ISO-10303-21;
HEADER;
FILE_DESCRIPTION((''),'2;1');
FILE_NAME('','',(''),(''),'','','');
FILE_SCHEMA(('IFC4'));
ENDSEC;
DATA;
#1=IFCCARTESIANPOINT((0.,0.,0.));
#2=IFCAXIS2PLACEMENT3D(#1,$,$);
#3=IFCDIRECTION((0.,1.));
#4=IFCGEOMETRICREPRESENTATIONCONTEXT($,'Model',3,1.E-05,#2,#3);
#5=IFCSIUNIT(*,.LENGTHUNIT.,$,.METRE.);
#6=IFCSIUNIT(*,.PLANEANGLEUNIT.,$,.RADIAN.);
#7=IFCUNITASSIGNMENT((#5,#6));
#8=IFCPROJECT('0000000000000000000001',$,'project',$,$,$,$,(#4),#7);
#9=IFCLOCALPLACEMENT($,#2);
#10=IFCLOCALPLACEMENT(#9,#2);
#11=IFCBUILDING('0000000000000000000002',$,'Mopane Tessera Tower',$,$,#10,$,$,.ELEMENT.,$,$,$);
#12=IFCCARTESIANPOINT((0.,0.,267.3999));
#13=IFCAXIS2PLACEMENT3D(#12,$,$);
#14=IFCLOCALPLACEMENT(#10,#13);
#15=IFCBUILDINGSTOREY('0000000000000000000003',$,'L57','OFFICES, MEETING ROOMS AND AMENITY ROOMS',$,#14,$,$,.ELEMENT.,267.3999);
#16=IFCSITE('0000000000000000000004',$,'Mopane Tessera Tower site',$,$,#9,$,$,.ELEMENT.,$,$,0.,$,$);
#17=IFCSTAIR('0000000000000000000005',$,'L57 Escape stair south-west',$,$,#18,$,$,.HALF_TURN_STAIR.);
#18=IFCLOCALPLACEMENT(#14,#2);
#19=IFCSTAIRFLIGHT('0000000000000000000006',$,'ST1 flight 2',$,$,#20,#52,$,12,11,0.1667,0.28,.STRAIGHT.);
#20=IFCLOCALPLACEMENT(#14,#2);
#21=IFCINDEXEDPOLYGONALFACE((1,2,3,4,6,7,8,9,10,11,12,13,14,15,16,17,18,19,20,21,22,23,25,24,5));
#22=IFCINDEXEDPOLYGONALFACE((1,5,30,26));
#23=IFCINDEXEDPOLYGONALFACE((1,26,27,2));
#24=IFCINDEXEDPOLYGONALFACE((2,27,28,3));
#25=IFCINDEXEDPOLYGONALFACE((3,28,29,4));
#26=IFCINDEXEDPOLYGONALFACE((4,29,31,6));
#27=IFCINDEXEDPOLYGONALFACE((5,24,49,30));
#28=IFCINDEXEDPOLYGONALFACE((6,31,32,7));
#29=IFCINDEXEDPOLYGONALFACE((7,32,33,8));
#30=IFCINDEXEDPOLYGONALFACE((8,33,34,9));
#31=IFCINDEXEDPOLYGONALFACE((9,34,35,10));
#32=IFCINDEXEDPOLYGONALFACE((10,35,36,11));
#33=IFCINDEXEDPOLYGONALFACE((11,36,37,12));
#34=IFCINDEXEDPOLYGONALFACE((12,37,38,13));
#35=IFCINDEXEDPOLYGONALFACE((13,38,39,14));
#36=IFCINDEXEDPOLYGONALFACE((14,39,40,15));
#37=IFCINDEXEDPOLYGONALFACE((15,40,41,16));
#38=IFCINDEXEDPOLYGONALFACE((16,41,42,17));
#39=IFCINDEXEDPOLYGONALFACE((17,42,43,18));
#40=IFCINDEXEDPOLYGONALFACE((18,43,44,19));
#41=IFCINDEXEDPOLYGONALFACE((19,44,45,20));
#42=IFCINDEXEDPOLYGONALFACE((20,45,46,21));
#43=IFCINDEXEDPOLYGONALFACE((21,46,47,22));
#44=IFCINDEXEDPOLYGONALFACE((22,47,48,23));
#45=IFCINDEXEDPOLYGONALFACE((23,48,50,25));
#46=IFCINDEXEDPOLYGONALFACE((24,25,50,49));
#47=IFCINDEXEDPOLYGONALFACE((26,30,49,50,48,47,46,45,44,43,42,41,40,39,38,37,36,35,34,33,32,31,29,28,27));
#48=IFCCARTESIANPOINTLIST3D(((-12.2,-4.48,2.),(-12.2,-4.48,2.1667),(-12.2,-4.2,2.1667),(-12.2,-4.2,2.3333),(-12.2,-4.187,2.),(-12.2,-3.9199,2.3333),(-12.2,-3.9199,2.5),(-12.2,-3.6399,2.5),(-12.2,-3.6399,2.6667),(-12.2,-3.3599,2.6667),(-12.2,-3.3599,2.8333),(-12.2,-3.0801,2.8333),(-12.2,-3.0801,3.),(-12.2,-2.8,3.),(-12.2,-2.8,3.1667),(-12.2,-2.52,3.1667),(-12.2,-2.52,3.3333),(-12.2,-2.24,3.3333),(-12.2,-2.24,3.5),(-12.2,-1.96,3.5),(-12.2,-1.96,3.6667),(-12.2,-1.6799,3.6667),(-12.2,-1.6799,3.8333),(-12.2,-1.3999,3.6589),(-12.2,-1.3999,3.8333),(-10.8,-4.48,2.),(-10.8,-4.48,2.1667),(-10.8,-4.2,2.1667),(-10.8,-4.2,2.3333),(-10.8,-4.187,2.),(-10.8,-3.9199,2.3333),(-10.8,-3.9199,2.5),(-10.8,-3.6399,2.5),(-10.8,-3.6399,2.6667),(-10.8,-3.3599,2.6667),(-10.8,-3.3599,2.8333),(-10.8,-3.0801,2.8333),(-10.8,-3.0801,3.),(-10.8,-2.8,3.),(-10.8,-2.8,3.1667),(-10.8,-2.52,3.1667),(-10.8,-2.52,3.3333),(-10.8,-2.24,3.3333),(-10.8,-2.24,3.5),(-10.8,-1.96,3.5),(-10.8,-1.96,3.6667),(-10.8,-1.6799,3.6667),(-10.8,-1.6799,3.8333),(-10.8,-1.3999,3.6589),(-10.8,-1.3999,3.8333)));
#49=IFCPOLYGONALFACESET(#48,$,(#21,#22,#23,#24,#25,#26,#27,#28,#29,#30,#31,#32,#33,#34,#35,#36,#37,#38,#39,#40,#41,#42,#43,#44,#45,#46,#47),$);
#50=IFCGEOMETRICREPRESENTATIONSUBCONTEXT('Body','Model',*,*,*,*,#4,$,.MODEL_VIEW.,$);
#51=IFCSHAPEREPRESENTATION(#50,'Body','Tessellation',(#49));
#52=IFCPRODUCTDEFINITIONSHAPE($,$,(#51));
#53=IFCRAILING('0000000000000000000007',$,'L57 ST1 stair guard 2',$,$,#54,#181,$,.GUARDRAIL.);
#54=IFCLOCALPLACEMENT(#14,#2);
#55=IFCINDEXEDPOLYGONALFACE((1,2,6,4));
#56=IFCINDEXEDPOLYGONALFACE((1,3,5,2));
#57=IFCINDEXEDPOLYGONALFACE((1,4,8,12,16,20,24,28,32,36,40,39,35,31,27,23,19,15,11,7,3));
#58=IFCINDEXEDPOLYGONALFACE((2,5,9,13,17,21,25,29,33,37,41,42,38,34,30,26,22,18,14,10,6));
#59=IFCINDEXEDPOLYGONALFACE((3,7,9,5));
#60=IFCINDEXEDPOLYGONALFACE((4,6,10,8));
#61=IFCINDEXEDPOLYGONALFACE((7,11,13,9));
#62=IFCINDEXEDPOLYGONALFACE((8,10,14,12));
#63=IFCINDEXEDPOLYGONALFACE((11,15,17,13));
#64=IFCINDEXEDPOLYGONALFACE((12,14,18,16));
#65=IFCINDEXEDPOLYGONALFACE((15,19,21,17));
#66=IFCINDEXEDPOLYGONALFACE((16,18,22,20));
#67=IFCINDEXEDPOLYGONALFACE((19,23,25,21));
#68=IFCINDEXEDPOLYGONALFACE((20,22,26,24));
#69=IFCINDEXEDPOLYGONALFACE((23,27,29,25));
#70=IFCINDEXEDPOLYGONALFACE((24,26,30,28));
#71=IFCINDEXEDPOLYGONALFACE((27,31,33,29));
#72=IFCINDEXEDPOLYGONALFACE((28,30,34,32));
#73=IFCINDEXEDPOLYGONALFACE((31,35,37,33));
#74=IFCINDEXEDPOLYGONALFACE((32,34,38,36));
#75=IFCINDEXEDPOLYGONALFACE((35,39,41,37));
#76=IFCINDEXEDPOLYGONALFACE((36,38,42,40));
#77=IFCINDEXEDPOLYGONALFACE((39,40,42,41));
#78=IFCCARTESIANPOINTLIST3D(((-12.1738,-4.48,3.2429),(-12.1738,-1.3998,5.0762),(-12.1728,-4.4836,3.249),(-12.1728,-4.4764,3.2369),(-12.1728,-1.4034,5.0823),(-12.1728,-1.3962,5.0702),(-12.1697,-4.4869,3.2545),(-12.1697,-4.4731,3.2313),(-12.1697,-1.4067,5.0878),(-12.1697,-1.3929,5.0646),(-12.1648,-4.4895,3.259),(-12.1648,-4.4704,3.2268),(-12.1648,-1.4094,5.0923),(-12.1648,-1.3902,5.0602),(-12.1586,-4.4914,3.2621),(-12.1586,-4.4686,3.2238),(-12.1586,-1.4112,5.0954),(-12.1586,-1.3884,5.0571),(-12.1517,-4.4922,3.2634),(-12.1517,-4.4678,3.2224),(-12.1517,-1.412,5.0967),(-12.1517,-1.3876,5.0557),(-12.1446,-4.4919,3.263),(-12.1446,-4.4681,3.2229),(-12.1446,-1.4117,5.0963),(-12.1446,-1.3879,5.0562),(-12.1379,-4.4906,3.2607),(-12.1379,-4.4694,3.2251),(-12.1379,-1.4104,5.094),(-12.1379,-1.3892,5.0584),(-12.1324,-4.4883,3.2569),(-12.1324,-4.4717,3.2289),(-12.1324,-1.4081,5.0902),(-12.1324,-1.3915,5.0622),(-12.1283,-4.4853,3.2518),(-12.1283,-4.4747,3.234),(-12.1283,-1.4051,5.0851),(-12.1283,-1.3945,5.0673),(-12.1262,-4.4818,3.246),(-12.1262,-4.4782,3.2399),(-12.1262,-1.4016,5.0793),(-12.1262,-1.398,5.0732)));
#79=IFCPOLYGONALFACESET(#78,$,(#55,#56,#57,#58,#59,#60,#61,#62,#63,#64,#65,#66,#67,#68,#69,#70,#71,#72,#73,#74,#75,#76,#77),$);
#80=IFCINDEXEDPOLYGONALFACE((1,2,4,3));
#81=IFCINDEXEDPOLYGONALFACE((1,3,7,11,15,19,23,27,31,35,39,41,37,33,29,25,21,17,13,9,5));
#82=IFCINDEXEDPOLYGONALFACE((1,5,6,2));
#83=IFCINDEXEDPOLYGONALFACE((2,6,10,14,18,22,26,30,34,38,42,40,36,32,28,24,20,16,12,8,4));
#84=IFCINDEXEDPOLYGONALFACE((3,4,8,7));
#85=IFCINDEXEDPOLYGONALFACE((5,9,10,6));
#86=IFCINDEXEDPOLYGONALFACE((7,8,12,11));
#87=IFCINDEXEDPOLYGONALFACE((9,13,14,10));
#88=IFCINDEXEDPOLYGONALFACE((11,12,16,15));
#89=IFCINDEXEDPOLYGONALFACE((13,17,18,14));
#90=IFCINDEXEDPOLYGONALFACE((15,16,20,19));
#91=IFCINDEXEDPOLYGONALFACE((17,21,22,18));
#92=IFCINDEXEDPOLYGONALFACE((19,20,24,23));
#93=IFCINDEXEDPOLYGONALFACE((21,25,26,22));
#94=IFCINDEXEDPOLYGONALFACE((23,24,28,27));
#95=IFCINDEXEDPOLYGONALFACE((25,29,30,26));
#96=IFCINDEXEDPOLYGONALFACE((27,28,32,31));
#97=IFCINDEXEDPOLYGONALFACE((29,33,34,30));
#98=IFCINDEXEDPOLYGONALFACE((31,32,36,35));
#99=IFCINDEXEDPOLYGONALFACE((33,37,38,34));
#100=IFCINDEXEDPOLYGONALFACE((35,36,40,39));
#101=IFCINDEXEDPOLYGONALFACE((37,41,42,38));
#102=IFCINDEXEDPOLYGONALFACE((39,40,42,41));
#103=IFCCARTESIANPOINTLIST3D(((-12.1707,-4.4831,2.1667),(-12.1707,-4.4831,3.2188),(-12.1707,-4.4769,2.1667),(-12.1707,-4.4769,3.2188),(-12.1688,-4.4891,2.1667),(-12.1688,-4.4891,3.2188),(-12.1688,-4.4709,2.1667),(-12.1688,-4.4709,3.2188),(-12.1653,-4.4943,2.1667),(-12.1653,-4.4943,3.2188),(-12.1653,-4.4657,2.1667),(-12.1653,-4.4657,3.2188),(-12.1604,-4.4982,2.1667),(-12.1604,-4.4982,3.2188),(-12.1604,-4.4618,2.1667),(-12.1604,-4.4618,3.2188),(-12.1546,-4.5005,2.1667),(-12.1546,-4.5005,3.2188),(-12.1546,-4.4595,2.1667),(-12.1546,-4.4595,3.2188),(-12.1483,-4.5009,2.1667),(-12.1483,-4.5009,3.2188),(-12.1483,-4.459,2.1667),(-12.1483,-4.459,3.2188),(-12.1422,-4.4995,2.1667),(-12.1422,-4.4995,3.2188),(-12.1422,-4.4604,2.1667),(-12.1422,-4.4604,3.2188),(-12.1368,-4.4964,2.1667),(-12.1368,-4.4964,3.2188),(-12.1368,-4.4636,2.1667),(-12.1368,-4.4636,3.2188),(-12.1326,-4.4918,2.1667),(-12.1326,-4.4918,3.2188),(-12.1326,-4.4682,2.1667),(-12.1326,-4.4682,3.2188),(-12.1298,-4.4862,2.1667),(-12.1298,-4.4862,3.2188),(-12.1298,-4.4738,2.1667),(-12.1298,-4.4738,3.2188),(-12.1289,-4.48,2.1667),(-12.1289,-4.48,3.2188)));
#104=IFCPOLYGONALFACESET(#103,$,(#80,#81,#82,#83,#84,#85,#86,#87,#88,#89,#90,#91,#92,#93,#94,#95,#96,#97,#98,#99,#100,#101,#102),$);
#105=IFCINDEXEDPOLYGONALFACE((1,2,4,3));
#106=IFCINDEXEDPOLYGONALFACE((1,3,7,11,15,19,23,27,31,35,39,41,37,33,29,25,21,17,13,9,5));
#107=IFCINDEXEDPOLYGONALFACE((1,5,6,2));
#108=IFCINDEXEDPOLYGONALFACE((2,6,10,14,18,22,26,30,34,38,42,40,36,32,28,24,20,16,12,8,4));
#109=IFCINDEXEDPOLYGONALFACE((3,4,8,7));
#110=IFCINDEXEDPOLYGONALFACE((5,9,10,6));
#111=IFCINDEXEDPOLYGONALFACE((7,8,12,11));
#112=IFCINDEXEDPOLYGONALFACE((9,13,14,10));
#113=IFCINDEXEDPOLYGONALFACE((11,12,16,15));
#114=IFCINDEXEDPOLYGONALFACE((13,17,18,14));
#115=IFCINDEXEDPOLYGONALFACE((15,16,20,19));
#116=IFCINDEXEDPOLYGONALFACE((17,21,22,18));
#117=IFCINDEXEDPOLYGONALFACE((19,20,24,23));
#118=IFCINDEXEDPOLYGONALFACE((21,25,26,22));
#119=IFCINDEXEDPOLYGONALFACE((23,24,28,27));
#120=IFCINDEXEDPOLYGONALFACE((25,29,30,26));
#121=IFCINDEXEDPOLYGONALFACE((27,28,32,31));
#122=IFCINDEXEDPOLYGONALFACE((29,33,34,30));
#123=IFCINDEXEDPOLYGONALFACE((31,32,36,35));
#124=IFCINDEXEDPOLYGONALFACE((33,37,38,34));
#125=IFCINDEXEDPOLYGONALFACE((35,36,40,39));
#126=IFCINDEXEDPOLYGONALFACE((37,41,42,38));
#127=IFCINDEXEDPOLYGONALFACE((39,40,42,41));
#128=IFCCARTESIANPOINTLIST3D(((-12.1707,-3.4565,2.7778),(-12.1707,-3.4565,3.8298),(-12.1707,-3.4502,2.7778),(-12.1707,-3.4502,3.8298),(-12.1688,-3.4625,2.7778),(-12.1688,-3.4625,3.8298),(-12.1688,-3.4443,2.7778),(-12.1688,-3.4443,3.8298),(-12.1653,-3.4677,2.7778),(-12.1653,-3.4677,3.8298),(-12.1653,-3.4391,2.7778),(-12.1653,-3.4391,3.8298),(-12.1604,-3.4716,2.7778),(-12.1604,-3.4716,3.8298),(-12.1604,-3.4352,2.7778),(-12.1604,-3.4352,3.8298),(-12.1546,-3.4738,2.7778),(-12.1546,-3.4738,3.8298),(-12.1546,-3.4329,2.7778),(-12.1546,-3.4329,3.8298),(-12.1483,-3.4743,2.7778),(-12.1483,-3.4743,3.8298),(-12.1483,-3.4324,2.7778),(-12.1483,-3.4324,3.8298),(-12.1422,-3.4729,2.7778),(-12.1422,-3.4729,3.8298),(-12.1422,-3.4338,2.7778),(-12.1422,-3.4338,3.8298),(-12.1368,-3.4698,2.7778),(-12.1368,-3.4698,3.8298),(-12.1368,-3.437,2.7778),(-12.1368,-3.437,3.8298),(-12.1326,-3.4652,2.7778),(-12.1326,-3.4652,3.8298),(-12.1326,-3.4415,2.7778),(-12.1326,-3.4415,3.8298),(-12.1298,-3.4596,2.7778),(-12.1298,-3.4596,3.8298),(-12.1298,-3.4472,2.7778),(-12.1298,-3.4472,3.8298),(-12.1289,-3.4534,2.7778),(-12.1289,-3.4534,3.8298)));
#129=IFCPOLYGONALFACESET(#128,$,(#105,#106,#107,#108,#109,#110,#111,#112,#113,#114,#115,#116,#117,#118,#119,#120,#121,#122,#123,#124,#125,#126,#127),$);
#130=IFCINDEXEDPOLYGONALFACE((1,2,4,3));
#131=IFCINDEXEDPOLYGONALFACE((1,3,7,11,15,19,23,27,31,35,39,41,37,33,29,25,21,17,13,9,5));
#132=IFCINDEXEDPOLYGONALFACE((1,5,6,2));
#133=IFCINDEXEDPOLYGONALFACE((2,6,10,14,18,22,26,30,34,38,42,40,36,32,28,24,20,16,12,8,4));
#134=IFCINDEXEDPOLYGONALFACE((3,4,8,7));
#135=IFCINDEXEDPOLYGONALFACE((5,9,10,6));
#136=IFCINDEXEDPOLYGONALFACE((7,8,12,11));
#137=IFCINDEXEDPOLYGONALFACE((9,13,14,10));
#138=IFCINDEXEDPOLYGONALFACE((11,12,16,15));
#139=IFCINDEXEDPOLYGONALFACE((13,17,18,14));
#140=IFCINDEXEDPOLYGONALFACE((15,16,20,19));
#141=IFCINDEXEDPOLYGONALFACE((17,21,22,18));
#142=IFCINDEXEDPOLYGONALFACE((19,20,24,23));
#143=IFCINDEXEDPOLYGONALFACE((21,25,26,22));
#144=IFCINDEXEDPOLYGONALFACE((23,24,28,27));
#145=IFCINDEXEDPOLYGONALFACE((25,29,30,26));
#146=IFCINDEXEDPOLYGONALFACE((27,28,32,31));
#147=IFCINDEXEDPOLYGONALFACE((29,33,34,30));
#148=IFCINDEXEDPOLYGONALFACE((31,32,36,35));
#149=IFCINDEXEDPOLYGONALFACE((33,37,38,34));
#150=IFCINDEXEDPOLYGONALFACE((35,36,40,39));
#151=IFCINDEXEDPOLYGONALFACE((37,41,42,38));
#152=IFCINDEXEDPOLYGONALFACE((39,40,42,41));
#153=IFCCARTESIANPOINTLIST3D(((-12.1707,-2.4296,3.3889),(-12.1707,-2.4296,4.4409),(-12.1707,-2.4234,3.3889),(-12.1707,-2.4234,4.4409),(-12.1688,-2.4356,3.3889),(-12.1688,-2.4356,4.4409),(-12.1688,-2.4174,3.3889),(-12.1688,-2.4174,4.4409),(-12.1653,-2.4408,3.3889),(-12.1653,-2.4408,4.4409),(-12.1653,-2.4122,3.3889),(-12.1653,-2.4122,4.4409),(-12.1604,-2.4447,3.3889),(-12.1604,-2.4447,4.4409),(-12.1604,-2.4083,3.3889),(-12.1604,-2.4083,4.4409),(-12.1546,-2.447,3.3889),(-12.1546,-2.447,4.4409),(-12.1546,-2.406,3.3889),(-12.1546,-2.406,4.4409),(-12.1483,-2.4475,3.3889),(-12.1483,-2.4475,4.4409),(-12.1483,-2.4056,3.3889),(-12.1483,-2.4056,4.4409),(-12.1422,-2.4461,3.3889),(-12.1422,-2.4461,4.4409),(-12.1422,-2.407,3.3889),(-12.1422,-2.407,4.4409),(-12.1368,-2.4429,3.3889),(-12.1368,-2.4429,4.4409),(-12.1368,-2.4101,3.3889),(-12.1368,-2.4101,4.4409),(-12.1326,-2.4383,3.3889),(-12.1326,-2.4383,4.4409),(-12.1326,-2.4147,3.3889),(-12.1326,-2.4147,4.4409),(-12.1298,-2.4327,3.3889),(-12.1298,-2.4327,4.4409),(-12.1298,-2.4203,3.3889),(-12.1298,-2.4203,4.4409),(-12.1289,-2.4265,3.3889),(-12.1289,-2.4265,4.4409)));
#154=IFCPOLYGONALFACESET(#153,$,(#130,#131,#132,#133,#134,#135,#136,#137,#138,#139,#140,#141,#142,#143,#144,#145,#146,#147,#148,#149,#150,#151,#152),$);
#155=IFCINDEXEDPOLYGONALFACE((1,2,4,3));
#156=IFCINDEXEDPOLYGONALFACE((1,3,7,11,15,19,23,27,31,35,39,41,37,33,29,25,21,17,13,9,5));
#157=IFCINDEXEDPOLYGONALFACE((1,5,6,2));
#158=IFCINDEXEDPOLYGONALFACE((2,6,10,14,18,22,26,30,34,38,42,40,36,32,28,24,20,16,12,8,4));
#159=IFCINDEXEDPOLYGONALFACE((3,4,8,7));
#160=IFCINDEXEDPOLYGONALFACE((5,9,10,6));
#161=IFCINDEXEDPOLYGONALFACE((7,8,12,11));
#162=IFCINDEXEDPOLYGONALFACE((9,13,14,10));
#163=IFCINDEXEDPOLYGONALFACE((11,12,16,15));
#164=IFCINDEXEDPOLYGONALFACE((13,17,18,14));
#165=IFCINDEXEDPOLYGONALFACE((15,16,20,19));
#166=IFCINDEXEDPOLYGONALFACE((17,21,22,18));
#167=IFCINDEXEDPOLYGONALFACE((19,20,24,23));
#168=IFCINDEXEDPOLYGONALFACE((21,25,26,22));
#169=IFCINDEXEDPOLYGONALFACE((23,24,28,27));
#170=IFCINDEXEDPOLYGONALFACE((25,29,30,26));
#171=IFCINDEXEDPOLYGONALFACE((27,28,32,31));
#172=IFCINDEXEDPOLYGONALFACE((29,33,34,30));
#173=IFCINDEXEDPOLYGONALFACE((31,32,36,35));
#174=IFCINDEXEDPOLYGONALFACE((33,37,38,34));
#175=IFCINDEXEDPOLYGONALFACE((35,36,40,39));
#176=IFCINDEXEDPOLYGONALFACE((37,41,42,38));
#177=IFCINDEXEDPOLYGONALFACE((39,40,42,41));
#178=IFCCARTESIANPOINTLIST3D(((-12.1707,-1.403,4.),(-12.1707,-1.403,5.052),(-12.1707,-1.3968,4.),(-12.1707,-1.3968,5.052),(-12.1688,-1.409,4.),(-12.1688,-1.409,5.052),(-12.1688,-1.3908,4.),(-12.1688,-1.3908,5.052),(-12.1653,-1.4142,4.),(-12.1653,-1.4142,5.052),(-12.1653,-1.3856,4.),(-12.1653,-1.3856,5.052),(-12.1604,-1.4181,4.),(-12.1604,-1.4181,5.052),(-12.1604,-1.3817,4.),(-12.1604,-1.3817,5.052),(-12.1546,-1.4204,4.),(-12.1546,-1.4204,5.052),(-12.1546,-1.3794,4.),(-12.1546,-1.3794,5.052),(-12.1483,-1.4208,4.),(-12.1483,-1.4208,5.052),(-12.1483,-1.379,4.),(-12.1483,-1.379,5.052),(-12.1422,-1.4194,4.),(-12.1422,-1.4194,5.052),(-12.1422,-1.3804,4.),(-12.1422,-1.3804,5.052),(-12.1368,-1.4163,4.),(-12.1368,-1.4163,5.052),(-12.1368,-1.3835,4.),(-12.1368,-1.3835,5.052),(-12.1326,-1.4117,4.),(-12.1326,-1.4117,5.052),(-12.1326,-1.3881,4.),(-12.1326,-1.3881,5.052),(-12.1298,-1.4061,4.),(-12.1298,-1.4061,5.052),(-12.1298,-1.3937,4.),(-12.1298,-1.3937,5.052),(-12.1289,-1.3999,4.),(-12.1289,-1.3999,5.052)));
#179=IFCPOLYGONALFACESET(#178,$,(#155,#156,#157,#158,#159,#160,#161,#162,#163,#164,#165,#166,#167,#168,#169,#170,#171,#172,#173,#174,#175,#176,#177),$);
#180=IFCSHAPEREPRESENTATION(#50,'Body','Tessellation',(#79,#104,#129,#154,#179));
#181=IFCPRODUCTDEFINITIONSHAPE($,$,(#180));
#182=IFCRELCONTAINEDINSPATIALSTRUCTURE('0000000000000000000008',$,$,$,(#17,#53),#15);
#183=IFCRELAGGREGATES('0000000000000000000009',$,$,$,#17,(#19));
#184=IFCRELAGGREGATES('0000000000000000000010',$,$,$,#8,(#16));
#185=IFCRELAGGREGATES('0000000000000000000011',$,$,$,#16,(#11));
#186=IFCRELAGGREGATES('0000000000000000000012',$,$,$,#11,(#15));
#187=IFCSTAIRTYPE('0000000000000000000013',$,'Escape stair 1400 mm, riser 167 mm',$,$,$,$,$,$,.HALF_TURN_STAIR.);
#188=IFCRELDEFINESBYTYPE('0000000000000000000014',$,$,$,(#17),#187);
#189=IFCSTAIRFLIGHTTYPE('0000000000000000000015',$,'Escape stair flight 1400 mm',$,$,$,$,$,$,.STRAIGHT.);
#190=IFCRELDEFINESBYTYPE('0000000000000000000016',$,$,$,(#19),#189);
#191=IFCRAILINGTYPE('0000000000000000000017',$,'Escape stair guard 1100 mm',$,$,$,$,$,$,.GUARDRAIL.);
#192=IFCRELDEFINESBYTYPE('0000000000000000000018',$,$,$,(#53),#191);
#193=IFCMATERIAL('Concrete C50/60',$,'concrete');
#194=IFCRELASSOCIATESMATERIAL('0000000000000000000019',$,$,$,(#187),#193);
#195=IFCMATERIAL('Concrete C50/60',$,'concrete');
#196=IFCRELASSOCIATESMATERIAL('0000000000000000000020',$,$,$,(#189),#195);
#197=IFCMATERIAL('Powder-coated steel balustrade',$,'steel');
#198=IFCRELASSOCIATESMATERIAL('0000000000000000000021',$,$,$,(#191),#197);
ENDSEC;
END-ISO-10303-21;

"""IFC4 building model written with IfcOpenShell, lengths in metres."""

from ifc_helpers import new_model, si_unit, direction, frame, origin, origin_2d, place, context, subcontext, project, spatial, polyline, circle, outline, extrude, material, type_object, element, aggregate, save


model = new_model("IFC4")

# Units and contexts
model_context = context("Model", 3, precision=1e-05, world=origin(), true_north=direction((0.0, 1.0)))
body_context = subcontext(model_context, "Body", "Model", "MODEL_VIEW")
ifc_project = project(units=[si_unit("LENGTHUNIT", "METRE"), si_unit("PLANEANGLEUNIT", "RADIAN")], contexts=[model_context])

# Site, building, storey
site_placement = place(None, origin())
site = spatial("IfcSite", under=ifc_project, at=site_placement, Name="Mopane Tessera Tower site", CompositionType="ELEMENT", RefElevation=0.0)
building_placement = place(site_placement, origin())
building = spatial("IfcBuilding", under=site, at=building_placement, Name="Mopane Tessera Tower", CompositionType="ELEMENT")
storey_placement = place(building_placement, frame((0.0, 0.0, 267.3999)))
storey = spatial("IfcBuildingStorey", under=building, at=storey_placement, Name="L57", Description="OFFICES, MEETING ROOMS AND AMENITY ROOMS", CompositionType="ELEMENT", Elevation=267.3999)

# Stair, stair flight
ifc_material_1 = material(Name="Concrete C50/60", Category="concrete")
stair_type = type_object("IfcStairType", Name="Escape stair 1400 mm, riser 167 mm", PredefinedType="HALF_TURN_STAIR", material=ifc_material_1)
stair_placement = place(storey_placement, origin())
stair = element("IfcStair", 1, at=stair_placement, inside=storey, type_object=stair_type, Name="L57 Escape stair south-west", PredefinedType="HALF_TURN_STAIR")
ifc_material_2 = material(Name="Concrete C50/60", Category="concrete")
stair_flight_type = type_object("IfcStairFlightType", Name="Escape stair flight 1400 mm", PredefinedType="STRAIGHT", material=ifc_material_2)
stair_flight_1_placement = place(storey_placement, frame((-11.5, -4.48, 2.0), z_axis=(0.0, 0.0, 1.0), x_axis=(0.0, 1.0, 0.0)))
stair_flight_1 = element("IfcStairFlight", 2, at=stair_flight_1_placement, type_object=stair_flight_type, Name="ST1 flight 2", NumberOfRisers=12, NumberOfTreads=11, PredefinedType="STRAIGHT", RiserHeight=0.1667, TreadLength=0.28, context=body_context, shape_type="SweptSolid", body=[
    extrude(outline(polyline([(0.0, 0.0), (0.0, 0.1667), (0.28, 0.1667), (0.28, 0.3333), (0.5601, 0.3333), (0.5601, 0.5), (0.8401, 0.5), (0.8401, 0.6667), (1.1201, 0.6667), (1.1201, 0.8333), (1.3999, 0.8333), (1.3999, 1.0), (1.6799, 1.0), (1.6799, 1.1667), (1.96, 1.1667), (1.96, 1.3333), (2.24, 1.3333), (2.24, 1.5), (2.52, 1.5), (2.52, 1.6667), (2.8, 1.6667), (2.8, 1.8333), (3.0801, 1.8333), (3.0801, 2.0), (3.0801, 1.6589), (0.293, 0.0), (0.0, 0.0)])), frame((0.0, 0.7, 0.0), z_axis=(0.0, -1.0, 0.0), x_axis=(1.0, 0.0, 0.0)), (0.0, 0.0, 1.0), 1.3999),
])
aggregate(stair, [stair_flight_1])

# Railing
ifc_material_3 = material(Name="Powder-coated steel balustrade", Category="steel")
railing_type_1 = type_object("IfcRailingType", Name="Escape stair guard 1100 mm", PredefinedType="GUARDRAIL", material=ifc_material_3)
railing_1_placement = place(storey_placement, frame((-12.1499, -4.48, 2.1667)))
element("IfcRailing", 3, at=railing_1_placement, inside=storey, type_object=railing_type_1, Name="L57 ST1 stair guard 2", PredefinedType="GUARDRAIL", context=body_context, shape_type="SweptSolid", body=[
    extrude(circle(Radius=0.0239, at=origin_2d()), frame((0.0, 0.0, 1.0762), z_axis=(0.0, 0.859309, 0.511458), x_axis=(-1.0, 0.0, 0.0)), (0.0, 0.0, 1.0), 3.5845),
    extrude(circle(Radius=0.021, at=origin_2d()), origin(), (0.0, 0.0, 1.0), 1.052),
    extrude(circle(Radius=0.021, at=origin_2d()), frame((0.0, 1.0266, 0.6111)), (0.0, 0.0, 1.0), 1.052),
    extrude(circle(Radius=0.021, at=origin_2d()), frame((0.0, 2.0535, 1.2222)), (0.0, 0.0, 1.0), 1.052),
    extrude(circle(Radius=0.021, at=origin_2d()), frame((0.0, 3.0801, 1.8333)), (0.0, 0.0, 1.0), 1.052),
])

save(model, "model.ifc")
